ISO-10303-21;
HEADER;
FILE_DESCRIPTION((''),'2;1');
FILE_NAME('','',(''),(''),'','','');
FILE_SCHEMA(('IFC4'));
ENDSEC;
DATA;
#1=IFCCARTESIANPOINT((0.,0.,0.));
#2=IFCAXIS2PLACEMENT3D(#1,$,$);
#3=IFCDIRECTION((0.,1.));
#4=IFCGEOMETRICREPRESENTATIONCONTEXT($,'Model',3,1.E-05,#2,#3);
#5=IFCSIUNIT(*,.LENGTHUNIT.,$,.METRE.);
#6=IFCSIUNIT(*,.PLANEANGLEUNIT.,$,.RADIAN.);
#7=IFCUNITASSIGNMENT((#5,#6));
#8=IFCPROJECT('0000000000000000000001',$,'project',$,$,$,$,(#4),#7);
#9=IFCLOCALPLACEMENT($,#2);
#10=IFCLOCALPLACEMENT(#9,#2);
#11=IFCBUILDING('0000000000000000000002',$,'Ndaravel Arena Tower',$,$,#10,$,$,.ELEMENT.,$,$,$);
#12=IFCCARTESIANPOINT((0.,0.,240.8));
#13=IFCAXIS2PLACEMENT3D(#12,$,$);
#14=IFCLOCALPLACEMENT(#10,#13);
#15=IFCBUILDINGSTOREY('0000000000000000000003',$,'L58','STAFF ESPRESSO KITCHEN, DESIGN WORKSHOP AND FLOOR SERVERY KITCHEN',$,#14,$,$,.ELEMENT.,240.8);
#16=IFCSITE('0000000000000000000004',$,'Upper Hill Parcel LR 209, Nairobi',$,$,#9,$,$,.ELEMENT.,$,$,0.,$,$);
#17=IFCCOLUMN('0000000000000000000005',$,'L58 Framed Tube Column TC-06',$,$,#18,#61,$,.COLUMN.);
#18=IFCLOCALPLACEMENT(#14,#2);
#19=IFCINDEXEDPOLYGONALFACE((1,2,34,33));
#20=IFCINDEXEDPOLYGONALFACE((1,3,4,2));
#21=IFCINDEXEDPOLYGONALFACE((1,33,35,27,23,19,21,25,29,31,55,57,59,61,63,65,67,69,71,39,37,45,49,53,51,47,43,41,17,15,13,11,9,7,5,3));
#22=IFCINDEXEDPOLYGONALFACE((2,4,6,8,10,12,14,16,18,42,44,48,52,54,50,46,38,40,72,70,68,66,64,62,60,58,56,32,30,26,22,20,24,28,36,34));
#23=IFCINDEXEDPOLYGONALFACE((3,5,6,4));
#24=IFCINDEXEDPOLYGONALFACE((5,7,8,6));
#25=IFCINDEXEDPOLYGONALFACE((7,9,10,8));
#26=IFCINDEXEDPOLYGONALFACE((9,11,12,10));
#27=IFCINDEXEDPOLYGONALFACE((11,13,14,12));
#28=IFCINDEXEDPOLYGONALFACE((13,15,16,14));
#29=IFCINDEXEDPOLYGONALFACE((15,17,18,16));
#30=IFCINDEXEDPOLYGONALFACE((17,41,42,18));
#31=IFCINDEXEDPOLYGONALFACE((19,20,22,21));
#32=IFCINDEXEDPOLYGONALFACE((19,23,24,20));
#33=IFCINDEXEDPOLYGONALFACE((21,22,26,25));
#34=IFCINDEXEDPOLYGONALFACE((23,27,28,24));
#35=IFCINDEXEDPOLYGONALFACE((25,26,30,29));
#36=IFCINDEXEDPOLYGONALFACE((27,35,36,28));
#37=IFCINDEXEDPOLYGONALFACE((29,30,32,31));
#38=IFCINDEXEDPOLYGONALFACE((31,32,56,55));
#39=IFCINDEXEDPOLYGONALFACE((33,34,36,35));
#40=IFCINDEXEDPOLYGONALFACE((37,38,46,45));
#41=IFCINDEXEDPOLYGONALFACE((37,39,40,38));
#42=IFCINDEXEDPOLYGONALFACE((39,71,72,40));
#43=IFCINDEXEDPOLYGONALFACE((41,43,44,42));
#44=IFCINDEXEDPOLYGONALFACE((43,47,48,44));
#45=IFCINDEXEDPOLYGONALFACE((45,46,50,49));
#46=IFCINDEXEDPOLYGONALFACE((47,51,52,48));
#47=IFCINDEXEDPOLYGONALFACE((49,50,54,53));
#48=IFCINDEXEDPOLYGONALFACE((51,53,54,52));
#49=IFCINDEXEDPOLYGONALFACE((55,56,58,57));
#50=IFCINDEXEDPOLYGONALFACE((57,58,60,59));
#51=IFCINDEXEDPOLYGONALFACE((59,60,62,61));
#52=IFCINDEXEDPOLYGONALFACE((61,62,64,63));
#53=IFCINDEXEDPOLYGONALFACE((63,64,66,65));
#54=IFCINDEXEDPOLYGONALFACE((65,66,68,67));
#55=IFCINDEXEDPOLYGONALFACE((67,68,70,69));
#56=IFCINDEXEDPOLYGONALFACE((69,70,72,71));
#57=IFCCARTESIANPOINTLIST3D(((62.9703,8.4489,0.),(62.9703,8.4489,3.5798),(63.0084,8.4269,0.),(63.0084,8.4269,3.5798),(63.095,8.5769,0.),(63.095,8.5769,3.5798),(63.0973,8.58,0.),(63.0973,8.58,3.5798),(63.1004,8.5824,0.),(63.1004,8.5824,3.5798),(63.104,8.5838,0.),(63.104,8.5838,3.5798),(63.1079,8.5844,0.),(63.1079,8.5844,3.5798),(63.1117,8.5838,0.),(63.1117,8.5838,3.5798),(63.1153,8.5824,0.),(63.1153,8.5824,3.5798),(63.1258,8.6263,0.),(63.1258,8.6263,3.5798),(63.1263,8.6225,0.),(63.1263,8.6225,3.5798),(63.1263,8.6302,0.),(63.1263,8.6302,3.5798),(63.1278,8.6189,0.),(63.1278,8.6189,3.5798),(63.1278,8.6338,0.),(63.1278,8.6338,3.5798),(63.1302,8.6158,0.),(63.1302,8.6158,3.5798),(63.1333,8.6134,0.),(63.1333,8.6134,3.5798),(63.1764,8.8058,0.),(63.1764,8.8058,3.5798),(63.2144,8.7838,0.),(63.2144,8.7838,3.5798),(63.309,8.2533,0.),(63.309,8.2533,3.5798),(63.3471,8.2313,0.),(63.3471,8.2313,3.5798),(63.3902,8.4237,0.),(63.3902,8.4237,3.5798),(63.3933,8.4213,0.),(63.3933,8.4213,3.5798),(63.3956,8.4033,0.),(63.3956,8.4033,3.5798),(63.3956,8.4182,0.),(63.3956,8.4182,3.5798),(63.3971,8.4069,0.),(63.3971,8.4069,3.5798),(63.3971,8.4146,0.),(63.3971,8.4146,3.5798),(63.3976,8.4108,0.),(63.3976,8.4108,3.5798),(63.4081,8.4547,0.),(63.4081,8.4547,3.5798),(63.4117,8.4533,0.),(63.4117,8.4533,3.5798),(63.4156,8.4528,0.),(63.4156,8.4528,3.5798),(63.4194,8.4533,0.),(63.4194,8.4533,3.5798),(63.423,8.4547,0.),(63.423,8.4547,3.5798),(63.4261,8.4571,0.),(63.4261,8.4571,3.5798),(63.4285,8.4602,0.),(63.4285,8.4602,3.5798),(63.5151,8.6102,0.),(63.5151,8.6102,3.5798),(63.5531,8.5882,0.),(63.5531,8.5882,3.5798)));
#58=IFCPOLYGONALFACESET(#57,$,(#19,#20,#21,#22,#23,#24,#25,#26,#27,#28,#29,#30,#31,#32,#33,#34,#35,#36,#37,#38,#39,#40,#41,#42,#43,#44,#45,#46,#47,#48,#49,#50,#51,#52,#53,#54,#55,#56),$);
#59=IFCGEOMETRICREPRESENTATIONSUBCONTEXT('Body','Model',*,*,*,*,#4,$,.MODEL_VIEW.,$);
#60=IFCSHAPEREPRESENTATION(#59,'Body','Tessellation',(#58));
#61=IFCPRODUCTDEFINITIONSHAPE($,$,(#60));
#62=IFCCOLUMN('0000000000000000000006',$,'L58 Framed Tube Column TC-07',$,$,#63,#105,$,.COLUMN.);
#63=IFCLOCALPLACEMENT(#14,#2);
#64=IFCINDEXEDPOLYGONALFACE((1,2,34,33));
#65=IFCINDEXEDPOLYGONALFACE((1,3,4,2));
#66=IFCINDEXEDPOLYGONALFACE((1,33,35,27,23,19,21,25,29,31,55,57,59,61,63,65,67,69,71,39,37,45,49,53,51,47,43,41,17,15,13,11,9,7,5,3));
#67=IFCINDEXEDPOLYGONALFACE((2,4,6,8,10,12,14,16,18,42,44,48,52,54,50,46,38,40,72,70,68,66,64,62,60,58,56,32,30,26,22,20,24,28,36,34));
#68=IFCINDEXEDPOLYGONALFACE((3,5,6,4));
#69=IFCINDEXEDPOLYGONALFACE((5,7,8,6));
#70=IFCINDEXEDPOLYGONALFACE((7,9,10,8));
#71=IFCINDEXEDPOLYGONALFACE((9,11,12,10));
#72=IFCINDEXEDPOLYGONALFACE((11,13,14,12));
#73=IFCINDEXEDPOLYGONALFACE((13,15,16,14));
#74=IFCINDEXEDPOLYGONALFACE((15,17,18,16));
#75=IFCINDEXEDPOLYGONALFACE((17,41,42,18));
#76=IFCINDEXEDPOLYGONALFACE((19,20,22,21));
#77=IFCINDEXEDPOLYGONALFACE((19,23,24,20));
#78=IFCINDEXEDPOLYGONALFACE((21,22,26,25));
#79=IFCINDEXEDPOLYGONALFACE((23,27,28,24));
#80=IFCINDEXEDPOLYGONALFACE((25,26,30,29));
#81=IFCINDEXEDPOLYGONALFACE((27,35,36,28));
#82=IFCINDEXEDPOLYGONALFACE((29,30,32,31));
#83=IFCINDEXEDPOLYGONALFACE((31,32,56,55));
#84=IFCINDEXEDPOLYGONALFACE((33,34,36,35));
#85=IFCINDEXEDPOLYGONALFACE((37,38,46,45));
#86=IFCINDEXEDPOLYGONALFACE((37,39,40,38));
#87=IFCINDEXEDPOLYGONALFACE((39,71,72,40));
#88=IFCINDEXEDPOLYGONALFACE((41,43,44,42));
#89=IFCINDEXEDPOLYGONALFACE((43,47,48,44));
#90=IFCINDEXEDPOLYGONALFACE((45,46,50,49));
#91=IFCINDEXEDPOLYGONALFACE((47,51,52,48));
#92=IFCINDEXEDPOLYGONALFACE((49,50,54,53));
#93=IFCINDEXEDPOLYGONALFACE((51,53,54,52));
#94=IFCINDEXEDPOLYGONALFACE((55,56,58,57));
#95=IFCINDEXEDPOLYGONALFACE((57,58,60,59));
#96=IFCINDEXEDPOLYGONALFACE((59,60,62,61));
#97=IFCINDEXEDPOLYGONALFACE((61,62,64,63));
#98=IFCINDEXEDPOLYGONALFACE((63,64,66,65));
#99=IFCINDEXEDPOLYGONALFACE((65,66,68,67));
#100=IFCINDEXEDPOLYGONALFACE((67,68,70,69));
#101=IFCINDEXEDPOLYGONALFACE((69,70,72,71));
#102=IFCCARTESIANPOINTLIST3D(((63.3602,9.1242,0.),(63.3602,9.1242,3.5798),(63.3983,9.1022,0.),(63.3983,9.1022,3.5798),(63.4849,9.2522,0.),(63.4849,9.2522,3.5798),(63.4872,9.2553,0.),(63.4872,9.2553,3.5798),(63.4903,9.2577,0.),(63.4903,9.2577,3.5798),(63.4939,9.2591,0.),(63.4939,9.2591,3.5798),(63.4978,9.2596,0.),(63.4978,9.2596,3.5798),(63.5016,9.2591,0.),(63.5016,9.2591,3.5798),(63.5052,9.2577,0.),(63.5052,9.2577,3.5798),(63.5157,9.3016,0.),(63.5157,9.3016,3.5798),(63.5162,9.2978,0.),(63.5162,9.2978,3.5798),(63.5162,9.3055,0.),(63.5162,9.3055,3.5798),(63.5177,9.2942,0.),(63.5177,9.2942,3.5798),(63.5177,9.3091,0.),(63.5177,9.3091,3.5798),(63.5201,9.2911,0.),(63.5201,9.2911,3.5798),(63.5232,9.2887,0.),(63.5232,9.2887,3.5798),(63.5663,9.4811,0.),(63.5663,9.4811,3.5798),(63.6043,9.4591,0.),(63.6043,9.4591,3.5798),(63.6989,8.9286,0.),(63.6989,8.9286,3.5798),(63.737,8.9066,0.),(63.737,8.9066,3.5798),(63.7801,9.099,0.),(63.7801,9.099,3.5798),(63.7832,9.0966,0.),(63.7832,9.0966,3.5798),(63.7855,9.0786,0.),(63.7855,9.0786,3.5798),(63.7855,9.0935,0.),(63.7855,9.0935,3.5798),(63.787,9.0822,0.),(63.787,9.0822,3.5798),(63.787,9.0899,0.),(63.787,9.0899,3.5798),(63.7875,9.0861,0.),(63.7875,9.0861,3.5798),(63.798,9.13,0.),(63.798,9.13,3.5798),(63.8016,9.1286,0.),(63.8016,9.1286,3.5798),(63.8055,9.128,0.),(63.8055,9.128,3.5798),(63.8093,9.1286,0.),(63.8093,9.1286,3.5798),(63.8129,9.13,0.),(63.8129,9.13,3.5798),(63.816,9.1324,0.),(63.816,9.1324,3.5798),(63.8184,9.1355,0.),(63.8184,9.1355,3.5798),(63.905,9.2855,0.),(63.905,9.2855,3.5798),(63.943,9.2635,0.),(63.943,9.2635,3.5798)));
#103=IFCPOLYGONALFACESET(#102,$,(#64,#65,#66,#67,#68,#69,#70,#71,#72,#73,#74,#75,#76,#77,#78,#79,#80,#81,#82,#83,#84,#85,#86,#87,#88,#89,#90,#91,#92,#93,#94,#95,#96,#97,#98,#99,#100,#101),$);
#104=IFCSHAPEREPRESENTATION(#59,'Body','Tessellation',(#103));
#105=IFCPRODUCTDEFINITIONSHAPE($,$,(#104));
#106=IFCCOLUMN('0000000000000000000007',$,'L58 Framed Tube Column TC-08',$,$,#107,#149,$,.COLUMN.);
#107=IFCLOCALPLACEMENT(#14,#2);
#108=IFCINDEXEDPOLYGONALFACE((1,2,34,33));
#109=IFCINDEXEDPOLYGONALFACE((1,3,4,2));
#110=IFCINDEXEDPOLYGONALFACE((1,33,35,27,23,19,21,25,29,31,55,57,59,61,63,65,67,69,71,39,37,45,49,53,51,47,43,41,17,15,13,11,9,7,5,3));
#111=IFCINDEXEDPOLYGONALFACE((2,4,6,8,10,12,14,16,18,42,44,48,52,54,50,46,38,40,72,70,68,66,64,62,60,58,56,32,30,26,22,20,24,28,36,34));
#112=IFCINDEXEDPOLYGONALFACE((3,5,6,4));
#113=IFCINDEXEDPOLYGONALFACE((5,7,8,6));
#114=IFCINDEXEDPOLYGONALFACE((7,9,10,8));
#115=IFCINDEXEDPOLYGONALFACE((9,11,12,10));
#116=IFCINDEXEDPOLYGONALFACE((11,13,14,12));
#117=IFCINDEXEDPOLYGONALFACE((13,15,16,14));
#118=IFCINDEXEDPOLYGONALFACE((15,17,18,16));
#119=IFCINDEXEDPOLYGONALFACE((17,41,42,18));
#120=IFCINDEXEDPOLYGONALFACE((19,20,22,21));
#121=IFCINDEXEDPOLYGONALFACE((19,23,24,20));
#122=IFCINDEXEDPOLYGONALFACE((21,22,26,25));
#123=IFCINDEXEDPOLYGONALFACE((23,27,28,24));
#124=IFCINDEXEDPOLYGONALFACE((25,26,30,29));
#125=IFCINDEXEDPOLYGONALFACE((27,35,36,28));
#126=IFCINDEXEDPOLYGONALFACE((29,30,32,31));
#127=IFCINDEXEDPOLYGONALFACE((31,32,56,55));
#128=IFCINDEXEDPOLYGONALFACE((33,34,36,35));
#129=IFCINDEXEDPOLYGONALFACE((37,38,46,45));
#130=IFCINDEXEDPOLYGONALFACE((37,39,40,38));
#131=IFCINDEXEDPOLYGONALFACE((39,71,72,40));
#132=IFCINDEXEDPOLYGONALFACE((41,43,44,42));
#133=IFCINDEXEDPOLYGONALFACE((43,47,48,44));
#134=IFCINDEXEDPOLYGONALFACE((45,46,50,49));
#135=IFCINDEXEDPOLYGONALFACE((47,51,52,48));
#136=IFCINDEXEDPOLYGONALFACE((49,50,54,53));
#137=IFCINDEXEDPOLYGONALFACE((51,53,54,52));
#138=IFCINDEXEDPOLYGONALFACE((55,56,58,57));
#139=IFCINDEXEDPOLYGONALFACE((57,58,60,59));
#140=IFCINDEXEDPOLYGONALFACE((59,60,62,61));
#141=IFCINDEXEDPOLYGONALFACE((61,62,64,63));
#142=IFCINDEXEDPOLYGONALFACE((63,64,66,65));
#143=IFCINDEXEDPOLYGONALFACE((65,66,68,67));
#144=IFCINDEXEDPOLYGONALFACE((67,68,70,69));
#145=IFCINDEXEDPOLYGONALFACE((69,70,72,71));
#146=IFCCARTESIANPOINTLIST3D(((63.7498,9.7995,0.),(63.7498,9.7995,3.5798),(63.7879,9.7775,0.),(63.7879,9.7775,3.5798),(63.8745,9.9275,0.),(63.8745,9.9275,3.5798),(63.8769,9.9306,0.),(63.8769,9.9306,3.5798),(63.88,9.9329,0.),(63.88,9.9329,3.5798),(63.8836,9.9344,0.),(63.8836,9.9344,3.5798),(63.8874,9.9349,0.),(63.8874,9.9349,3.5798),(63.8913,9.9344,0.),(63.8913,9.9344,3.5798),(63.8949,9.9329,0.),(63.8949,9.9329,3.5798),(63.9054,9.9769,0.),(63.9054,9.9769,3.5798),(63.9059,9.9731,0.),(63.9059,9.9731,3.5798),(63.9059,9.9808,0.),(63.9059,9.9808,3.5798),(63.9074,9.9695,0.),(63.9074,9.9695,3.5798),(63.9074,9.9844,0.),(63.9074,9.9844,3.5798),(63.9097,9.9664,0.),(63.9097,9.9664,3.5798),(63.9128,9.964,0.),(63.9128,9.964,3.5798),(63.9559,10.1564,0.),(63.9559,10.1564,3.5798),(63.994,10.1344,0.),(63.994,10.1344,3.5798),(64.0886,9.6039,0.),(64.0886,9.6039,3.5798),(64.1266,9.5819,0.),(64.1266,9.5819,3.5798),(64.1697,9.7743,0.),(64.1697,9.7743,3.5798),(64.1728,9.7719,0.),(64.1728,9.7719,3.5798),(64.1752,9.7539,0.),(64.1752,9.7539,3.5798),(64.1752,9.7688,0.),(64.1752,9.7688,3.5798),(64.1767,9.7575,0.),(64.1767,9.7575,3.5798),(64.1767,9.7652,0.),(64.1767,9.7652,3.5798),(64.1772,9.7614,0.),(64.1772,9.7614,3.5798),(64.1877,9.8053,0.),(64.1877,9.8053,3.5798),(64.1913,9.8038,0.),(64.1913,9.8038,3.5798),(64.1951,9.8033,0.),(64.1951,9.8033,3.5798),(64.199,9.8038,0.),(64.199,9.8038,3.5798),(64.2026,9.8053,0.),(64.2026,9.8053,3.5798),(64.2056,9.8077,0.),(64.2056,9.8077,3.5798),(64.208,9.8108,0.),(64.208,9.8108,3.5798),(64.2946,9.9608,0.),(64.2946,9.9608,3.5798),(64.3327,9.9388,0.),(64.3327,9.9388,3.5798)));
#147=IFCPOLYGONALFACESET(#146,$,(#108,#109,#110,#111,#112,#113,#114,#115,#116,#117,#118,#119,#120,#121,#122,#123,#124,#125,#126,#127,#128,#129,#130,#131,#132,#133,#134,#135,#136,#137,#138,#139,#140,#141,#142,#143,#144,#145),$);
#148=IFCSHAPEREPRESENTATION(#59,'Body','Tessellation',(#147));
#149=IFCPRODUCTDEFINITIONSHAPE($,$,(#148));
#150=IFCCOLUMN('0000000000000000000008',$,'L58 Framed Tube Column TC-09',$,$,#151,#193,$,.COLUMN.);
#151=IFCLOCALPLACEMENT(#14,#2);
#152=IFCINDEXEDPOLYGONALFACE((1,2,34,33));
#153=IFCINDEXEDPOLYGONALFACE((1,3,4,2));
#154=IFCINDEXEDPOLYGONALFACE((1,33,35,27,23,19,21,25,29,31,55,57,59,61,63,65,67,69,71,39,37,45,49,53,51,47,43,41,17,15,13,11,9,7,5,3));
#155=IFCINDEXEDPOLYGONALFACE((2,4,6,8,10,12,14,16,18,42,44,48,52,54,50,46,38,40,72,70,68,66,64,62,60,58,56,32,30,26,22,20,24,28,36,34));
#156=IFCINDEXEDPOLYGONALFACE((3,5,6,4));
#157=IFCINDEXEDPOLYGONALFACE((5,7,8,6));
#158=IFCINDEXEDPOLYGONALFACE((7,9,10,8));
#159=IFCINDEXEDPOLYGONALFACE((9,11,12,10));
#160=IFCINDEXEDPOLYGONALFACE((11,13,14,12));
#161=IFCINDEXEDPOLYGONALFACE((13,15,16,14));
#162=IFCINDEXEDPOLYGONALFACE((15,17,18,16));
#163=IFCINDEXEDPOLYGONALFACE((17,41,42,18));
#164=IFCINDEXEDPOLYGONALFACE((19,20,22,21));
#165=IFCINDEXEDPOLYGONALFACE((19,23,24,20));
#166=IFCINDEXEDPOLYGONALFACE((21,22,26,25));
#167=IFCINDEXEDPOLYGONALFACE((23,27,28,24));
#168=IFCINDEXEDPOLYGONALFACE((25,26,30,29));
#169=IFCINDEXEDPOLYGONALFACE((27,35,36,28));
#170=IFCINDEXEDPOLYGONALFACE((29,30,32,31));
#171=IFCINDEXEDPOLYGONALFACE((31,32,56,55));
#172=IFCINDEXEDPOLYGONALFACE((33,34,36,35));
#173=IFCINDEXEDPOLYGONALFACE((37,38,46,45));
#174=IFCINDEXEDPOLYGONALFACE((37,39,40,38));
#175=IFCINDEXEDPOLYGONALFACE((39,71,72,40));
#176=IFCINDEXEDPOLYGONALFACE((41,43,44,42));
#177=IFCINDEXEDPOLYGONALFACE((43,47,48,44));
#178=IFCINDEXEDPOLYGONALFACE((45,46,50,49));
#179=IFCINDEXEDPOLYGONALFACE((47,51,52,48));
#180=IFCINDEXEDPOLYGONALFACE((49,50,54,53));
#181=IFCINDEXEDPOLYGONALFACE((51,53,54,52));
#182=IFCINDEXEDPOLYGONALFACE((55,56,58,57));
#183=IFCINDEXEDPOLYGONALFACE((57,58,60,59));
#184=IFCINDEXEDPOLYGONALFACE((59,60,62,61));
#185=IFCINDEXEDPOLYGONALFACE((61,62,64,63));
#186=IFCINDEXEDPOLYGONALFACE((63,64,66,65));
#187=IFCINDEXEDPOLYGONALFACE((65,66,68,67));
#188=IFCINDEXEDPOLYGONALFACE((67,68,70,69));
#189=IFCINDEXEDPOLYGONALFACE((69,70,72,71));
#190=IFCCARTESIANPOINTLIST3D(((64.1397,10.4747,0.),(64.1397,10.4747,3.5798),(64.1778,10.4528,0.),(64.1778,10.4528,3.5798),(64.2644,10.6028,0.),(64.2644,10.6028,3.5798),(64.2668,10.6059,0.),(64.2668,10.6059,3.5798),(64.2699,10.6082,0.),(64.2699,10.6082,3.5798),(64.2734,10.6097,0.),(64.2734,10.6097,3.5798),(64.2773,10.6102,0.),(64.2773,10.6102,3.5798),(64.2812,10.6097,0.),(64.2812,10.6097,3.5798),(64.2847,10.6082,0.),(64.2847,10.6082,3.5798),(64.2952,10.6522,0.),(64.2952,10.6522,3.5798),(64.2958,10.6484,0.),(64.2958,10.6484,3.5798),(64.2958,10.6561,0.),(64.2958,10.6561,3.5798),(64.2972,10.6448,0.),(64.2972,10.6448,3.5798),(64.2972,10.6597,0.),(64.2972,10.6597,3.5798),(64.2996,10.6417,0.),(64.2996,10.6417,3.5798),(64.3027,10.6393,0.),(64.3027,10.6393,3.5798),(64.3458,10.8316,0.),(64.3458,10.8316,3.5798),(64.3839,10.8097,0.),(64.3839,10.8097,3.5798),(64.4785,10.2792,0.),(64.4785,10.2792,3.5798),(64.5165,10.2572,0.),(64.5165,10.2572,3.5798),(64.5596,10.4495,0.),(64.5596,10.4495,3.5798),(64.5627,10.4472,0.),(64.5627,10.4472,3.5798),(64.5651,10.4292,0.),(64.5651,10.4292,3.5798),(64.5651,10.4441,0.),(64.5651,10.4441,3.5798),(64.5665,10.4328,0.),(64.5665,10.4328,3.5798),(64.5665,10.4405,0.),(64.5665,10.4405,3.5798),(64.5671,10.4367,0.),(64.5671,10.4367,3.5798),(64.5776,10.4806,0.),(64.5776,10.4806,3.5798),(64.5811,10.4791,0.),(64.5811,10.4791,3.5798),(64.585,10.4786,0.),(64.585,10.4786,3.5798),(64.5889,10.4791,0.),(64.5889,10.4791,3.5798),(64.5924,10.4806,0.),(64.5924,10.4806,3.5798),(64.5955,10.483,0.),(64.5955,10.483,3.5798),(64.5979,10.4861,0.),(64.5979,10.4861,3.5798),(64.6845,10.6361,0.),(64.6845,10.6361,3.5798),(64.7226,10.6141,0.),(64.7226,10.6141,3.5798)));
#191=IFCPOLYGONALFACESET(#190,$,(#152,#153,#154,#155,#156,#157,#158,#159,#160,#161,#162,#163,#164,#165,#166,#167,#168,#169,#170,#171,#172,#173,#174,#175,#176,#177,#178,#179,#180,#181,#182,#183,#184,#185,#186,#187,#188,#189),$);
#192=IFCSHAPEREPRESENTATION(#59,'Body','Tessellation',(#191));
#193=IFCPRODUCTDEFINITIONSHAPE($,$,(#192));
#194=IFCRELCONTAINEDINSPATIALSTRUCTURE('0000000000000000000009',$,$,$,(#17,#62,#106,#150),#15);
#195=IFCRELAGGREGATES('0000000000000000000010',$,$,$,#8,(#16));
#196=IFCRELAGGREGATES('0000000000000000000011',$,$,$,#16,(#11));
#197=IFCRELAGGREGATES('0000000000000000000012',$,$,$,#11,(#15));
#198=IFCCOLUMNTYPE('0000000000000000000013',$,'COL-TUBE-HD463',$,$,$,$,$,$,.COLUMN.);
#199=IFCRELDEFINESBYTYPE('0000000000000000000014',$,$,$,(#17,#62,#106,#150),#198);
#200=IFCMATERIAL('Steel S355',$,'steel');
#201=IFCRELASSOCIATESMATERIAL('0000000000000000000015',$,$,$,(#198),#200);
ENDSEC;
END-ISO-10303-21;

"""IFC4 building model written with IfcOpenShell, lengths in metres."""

from ifc_helpers import new_model, si_unit, direction, frame, origin, origin_2d, place, context, subcontext, project, spatial, i_section, extrude, material, material_profile, profile_set, type_object, element, save


model = new_model("IFC4")

# Units and contexts
model_context = context("Model", 3, precision=1e-05, world=origin(), true_north=direction((0.0, 1.0)))
body_context = subcontext(model_context, "Body", "Model", "MODEL_VIEW")
ifc_project = project(units=[si_unit("LENGTHUNIT", "METRE"), si_unit("PLANEANGLEUNIT", "RADIAN")], contexts=[model_context])

# Site, building, storey
site_placement = place(None, origin())
site = spatial("IfcSite", under=ifc_project, at=site_placement, Name="Upper Hill Parcel LR 209, Nairobi", CompositionType="ELEMENT", RefElevation=0.0)
building_placement = place(site_placement, origin())
building = spatial("IfcBuilding", under=site, at=building_placement, Name="Ndaravel Arena Tower", CompositionType="ELEMENT")
storey_placement = place(building_placement, frame((0.0, 0.0, 240.8)))
storey = spatial("IfcBuildingStorey", under=building, at=storey_placement, Name="L58", Description="STAFF ESPRESSO KITCHEN, DESIGN WORKSHOP AND FLOOR SERVERY KITCHEN", CompositionType="ELEMENT", Elevation=240.8)

# Columns
ifc_material_1 = material(Name="Steel S355", Category="steel")
ifc_material_profile_1 = material_profile(ifc_material_1, i_section(OverallWidth=0.4121, OverallDepth=0.4351, WebThickness=0.0359, FlangeThickness=0.0439, FilletRadius=0.0149, at=origin_2d()), Name="HD 400x463")
ifc_profile_set_1 = profile_set([ifc_material_profile_1], Name="Steel S355")
column_type = type_object("IfcColumnType", Name="COL-TUBE-HD463", PredefinedType="COLUMN", material=ifc_profile_set_1)
for number, where, z_axis, x_axis, name in (
    (1, (63.2617, 8.5186, 0.0), (0.0, 0.0, 1.0), (0.5, 0.866025, 0.0), "L58 Framed Tube Column TC-06"),
    (2, (63.6516, 9.1938, 0.0), (0.0, 0.0, 1.0), (0.5, 0.866025, 0.0), "L58 Framed Tube Column TC-07"),
    (3, (64.0413, 9.8691, 0.0), (0.0, 0.0, 1.0), (0.5, 0.866025, 0.0), "L58 Framed Tube Column TC-08"),
    (4, (64.4312, 10.5444, 0.0), (0.0, 0.0, 1.0), (0.5, 0.866025, 0.0), "L58 Framed Tube Column TC-09"),
):
    element("IfcColumn", number, at=place(storey_placement, frame(where, z_axis=z_axis, x_axis=x_axis)), inside=storey, type_object=column_type, Name=name, PredefinedType="COLUMN", context=body_context, shape_type="SweptSolid", body=[
        extrude(i_section(OverallWidth=0.4121, OverallDepth=0.4351, WebThickness=0.0359, FlangeThickness=0.0439, FilletRadius=0.0149, at=origin_2d()), origin(), (0.0, 0.0, 1.0), 3.5798),
    ])

save(model, "model.ifc")
